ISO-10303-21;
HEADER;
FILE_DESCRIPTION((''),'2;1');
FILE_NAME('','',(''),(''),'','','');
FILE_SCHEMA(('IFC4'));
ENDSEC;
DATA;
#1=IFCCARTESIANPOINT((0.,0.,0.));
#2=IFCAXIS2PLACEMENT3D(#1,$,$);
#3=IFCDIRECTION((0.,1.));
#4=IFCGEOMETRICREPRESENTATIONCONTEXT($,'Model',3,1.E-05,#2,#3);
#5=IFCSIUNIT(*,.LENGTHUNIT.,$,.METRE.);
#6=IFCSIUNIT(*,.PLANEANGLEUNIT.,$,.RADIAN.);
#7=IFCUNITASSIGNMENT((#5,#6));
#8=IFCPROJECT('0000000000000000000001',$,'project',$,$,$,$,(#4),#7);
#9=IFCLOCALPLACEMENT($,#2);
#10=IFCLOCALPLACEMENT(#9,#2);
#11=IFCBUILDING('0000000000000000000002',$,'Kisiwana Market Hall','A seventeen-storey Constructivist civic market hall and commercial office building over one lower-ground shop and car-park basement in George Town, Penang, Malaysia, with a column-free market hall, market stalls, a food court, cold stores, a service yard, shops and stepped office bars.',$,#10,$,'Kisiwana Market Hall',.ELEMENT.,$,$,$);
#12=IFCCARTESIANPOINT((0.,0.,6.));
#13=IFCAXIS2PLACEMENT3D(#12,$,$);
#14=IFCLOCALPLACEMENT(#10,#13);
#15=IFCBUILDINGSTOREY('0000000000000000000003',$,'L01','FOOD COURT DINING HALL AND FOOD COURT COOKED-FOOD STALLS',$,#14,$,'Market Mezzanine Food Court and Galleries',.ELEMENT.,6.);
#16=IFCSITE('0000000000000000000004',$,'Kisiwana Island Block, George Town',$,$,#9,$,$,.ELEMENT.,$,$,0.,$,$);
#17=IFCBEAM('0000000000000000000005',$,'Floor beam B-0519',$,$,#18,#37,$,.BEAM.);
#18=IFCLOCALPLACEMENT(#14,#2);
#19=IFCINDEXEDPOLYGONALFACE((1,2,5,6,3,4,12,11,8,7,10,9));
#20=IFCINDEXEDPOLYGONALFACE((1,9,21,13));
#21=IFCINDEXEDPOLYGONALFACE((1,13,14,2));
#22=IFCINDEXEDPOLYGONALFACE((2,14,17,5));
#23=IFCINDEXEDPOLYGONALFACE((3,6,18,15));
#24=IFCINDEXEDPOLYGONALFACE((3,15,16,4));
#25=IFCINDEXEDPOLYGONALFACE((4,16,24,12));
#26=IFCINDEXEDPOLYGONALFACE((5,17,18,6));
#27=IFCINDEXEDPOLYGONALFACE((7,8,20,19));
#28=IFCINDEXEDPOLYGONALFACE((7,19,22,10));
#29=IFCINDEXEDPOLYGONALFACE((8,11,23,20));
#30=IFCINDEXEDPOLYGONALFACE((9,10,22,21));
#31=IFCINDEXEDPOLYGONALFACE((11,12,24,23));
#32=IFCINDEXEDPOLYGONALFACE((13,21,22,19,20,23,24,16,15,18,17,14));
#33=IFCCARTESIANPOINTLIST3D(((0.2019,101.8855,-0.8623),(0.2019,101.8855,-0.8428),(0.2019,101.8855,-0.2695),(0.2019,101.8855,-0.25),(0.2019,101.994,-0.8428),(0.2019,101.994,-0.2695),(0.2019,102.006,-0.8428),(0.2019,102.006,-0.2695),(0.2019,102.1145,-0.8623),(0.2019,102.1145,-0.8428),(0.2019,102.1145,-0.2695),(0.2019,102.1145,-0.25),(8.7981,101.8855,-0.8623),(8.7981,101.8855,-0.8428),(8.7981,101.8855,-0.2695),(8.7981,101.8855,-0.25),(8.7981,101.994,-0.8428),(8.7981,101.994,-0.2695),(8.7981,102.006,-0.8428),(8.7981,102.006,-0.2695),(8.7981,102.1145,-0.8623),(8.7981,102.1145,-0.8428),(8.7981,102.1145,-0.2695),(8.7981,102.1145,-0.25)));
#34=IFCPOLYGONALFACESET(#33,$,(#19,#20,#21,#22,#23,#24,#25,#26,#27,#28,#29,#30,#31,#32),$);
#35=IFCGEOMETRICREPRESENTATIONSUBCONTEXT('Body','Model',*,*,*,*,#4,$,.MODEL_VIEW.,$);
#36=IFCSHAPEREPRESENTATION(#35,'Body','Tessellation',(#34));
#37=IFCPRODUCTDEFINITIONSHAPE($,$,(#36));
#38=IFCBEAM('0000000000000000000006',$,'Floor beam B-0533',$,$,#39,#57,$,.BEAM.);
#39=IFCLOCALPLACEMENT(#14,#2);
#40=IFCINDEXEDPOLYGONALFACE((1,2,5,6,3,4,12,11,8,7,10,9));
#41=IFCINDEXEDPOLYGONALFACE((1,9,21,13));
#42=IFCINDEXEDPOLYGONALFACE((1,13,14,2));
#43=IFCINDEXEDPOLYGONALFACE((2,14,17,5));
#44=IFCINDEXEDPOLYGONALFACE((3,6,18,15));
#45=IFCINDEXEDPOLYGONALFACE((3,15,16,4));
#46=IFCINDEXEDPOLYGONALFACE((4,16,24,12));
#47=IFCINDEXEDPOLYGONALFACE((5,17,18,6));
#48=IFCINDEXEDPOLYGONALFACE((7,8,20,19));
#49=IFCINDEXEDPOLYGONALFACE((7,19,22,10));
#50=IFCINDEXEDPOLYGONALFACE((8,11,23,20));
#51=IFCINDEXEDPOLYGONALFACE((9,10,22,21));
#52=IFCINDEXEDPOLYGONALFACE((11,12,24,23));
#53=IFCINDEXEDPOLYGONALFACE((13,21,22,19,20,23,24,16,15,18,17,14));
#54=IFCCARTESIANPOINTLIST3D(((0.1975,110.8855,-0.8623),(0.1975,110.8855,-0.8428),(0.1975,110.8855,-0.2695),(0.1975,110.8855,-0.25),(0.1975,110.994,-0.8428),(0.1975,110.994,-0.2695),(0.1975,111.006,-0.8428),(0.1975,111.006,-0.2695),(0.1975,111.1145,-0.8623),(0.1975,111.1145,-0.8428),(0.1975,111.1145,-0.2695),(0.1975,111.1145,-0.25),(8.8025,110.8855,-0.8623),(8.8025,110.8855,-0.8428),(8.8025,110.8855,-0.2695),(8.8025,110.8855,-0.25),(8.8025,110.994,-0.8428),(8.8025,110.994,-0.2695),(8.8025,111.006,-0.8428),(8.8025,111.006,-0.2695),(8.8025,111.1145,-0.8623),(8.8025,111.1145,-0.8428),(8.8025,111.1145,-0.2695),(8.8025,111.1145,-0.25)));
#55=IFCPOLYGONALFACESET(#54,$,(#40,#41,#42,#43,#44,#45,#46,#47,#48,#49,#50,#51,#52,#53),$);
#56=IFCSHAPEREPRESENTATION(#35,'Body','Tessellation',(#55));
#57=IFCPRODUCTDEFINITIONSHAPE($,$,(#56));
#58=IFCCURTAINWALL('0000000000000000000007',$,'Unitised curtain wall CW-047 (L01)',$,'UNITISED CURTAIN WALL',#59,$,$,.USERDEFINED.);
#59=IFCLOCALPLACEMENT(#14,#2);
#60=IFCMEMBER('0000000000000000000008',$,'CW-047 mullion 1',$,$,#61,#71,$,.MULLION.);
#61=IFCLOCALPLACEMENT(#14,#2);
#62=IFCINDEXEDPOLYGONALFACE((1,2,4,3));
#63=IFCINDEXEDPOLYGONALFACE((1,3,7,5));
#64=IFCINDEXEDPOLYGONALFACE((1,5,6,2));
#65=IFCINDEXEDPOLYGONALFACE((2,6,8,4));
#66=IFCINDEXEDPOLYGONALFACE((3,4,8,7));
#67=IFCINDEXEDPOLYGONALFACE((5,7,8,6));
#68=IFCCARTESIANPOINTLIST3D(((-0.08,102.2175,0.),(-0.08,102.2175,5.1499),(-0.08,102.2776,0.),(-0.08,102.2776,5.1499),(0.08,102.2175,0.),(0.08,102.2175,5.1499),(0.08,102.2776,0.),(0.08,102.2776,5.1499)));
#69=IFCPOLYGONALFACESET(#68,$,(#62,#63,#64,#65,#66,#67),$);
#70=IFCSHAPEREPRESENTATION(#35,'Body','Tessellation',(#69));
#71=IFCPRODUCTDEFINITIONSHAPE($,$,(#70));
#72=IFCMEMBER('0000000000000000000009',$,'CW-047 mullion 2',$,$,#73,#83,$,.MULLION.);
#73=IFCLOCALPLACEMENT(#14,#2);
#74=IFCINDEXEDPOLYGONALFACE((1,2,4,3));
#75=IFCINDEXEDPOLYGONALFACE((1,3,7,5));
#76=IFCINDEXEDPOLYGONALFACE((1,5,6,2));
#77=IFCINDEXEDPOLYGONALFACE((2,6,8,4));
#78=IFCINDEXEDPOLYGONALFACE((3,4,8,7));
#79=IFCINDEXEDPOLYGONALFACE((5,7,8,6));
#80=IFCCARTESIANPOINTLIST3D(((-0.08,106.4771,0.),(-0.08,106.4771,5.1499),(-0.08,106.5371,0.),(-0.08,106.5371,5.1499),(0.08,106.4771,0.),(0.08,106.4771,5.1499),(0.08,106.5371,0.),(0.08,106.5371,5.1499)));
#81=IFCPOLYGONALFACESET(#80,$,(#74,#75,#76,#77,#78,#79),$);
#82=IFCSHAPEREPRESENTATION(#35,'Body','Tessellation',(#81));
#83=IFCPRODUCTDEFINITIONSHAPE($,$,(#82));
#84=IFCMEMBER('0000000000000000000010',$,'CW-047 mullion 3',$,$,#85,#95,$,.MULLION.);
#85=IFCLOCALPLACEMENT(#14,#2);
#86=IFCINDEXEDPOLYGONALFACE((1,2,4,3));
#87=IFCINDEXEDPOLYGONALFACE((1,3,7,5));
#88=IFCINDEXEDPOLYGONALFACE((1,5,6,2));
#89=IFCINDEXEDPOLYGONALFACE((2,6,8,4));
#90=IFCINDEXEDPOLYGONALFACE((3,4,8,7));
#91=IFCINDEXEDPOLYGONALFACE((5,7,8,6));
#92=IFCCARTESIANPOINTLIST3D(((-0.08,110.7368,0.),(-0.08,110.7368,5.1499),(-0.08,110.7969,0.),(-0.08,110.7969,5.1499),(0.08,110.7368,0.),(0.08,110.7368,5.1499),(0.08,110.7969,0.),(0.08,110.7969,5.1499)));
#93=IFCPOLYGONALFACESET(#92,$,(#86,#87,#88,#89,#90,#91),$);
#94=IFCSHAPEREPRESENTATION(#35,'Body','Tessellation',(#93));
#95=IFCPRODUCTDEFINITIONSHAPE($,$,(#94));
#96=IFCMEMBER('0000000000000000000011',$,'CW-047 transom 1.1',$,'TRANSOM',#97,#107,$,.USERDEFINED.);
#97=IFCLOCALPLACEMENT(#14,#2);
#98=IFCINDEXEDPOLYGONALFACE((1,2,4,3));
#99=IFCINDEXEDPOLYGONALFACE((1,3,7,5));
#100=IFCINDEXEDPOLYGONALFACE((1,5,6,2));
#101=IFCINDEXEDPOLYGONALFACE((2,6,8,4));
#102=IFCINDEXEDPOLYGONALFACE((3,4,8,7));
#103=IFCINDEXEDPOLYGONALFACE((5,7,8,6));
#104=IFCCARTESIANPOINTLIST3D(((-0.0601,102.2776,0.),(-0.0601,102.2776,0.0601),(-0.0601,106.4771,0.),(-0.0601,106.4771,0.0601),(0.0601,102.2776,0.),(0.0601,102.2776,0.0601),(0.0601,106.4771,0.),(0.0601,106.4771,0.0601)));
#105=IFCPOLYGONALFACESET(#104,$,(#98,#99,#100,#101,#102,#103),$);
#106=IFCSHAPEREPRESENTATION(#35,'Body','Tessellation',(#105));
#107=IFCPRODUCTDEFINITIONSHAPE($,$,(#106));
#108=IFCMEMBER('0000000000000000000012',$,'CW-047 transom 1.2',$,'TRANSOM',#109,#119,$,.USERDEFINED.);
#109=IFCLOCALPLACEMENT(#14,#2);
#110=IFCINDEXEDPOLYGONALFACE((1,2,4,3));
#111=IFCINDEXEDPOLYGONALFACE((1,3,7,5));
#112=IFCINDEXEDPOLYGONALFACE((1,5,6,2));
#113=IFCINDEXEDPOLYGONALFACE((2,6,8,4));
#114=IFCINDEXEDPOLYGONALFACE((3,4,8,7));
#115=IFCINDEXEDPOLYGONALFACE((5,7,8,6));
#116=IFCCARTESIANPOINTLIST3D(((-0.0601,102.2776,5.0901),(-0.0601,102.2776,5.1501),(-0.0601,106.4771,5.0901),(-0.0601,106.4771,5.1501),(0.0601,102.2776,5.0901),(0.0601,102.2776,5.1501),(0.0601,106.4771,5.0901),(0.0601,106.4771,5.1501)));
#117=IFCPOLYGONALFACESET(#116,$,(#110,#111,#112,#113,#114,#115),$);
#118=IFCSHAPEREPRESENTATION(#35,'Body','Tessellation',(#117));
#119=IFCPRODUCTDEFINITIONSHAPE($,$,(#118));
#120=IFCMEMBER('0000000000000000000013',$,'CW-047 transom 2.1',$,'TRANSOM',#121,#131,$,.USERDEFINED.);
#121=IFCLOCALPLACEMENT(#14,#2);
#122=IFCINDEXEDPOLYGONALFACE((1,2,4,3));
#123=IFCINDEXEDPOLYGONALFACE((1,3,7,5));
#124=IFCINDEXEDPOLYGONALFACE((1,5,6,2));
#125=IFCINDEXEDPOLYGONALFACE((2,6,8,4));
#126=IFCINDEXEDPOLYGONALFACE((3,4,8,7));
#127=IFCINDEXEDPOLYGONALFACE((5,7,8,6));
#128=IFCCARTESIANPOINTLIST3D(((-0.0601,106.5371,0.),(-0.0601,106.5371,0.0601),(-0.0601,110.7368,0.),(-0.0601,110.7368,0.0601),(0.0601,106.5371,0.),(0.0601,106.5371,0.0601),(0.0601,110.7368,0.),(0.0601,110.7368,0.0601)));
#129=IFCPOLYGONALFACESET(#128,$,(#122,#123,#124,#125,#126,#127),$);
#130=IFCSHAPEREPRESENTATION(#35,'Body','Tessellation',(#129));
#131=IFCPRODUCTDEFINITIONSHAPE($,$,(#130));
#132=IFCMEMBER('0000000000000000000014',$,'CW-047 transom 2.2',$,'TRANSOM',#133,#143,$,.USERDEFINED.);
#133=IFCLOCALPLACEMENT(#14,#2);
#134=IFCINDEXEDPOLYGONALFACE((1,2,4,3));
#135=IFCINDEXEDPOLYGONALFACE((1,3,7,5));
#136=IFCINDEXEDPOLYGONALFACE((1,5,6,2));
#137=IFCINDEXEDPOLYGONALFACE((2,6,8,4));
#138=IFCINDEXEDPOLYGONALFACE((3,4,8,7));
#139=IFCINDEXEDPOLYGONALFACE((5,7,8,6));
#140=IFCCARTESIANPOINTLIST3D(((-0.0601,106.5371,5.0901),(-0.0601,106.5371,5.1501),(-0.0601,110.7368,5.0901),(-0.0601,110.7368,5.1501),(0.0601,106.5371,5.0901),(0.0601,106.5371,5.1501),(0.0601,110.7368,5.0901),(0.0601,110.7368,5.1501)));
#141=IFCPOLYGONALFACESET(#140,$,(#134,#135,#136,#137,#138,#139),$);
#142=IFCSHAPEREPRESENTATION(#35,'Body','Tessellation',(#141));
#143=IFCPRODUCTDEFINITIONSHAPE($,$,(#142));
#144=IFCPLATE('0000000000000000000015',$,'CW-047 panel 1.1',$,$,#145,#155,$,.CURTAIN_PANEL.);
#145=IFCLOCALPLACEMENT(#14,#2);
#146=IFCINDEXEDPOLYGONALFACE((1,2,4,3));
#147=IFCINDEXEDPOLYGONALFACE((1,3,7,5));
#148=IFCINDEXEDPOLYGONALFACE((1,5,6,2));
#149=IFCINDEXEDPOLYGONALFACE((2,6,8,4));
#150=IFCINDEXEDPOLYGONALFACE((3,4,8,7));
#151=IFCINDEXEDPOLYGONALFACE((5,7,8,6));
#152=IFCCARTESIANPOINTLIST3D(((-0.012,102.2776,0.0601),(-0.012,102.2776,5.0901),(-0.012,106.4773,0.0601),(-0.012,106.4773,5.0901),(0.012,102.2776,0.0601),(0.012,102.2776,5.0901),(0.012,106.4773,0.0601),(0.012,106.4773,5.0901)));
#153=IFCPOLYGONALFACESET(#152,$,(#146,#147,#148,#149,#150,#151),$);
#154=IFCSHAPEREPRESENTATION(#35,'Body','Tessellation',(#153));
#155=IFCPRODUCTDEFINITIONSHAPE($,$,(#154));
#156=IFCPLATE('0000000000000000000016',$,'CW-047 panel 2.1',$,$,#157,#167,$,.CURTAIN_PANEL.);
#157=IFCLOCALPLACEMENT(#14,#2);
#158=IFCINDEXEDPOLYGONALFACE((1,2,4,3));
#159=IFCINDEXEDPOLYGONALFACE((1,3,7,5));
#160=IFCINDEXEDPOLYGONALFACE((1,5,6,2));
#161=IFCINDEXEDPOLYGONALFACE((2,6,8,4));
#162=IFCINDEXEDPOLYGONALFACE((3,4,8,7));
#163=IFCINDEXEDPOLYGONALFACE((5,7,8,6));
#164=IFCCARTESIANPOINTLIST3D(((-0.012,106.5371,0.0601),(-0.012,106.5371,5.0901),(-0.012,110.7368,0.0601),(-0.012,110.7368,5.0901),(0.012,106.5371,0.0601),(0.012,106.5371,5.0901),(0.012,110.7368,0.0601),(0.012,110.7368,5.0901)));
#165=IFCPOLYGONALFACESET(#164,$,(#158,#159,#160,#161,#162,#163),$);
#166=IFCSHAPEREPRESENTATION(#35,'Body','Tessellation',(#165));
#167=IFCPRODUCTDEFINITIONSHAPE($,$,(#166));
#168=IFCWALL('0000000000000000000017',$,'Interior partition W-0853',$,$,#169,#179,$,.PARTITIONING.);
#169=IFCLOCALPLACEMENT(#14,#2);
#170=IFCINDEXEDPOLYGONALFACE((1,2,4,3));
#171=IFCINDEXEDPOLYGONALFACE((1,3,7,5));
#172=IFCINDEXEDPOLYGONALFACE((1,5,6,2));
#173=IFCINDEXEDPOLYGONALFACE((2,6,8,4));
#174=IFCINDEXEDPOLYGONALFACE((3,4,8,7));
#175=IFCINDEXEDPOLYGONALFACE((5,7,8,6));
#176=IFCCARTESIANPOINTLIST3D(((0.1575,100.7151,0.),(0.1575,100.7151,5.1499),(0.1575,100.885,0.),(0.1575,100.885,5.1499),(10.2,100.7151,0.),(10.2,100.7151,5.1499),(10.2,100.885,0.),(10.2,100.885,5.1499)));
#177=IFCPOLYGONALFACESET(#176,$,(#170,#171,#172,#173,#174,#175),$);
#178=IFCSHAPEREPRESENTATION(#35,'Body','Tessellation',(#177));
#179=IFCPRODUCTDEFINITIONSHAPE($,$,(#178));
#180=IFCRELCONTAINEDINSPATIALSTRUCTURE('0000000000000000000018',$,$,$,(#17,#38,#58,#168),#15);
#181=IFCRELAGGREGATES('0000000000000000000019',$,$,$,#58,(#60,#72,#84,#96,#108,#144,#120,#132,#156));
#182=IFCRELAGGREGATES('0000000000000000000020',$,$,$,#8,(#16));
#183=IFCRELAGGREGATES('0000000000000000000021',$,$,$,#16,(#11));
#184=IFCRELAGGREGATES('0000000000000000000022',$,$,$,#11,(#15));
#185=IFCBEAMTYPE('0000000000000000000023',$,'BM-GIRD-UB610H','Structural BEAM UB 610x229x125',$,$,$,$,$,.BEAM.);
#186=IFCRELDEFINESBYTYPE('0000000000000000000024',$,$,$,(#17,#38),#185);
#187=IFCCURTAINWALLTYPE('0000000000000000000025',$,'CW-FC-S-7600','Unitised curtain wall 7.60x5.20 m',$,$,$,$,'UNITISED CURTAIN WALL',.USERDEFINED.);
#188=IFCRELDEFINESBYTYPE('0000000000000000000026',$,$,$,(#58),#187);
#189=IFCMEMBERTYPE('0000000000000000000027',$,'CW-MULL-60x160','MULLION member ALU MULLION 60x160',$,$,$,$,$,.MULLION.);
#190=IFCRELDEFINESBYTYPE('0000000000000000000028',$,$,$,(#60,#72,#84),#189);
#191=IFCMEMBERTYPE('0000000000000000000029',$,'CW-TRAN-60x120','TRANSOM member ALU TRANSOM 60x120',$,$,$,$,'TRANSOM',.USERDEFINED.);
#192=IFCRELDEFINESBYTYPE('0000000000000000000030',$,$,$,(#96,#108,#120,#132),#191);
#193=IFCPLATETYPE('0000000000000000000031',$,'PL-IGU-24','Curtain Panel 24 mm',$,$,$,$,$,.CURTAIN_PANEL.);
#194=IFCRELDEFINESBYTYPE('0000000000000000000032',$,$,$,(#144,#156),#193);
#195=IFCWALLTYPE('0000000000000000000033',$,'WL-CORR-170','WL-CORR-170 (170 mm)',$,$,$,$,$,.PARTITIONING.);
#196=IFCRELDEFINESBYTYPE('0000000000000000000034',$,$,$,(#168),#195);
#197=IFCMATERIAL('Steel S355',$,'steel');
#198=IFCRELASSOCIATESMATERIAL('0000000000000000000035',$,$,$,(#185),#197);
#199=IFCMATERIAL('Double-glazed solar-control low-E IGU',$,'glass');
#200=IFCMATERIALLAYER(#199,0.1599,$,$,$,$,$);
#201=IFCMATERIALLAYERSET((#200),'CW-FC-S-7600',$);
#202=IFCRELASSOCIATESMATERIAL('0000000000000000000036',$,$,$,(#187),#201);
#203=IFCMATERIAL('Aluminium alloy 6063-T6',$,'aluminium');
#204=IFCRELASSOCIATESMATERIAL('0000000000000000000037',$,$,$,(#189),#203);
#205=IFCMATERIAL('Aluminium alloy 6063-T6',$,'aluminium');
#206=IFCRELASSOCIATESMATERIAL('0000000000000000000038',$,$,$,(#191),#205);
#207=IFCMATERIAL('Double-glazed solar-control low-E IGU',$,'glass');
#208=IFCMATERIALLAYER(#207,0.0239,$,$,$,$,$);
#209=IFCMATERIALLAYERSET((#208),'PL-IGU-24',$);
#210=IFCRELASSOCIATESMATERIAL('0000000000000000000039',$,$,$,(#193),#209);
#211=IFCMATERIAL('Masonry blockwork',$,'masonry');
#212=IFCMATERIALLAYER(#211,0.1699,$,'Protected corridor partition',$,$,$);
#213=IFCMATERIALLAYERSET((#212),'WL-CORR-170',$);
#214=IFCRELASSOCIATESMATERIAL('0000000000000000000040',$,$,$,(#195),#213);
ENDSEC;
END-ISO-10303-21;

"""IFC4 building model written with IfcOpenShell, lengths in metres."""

from ifc_helpers import new_model, si_unit, direction, frame, frame_2d, origin, origin_2d, place, context, subcontext, project, spatial, rectangle, i_section, extrude, material, layer, layer_set, material_profile, profile_set, type_object, element, aggregate, save


model = new_model("IFC4")

# Units and contexts
model_context = context("Model", 3, precision=1e-05, world=origin(), true_north=direction((0.0, 1.0)))
body_context = subcontext(model_context, "Body", "Model", "MODEL_VIEW")
ifc_project = project(units=[si_unit("LENGTHUNIT", "METRE"), si_unit("PLANEANGLEUNIT", "RADIAN")], contexts=[model_context])

# Site, building, storey
site_placement = place(None, origin())
site = spatial("IfcSite", under=ifc_project, at=site_placement, Name="Kisiwana Island Block, George Town", CompositionType="ELEMENT", RefElevation=0.0)
building_placement = place(site_placement, origin())
building = spatial("IfcBuilding", under=site, at=building_placement, Name="Kisiwana Market Hall", Description="A seventeen-storey Constructivist civic market hall and commercial office building over one lower-ground shop and car-park basement in George Town, Penang, Malaysia, with a column-free market hall, market stalls, a food court, cold stores, a service yard, shops and stepped office bars.", LongName="Kisiwana Market Hall", CompositionType="ELEMENT")
storey_placement = place(building_placement, frame((0.0, 0.0, 6.0)))
storey = spatial("IfcBuildingStorey", under=building, at=storey_placement, Name="L01", Description="FOOD COURT DINING HALL AND FOOD COURT COOKED-FOOD STALLS", LongName="Market Mezzanine Food Court and Galleries", CompositionType="ELEMENT", Elevation=6.0)

# Beams
ifc_material_1 = material(Name="Steel S355", Category="steel")
ifc_material_profile_1 = material_profile(ifc_material_1, i_section(OverallWidth=0.229, OverallDepth=0.6123, WebThickness=0.012, FlangeThickness=0.0195, at=origin_2d()), Name="UB 610x229x125")
ifc_profile_set_1 = profile_set([ifc_material_profile_1], Name="Steel S355")
beam_type_1 = type_object("IfcBeamType", Name="BM-GIRD-UB610H", Description="Structural BEAM UB 610x229x125", PredefinedType="BEAM", material=ifc_profile_set_1)
beam_1_placement = place(storey_placement, frame((0.2019, 102.0, -0.5562), z_axis=(1.0, 0.0, 0.0), x_axis=(0.0, 1.0, 0.0)))
element("IfcBeam", 1, at=beam_1_placement, inside=storey, type_object=beam_type_1, Name="Floor beam B-0519", PredefinedType="BEAM", context=body_context, shape_type="SweptSolid", body=[
    extrude(i_section(OverallWidth=0.229, OverallDepth=0.6123, WebThickness=0.012, FlangeThickness=0.0195, at=origin_2d()), origin(), (0.0, 0.0, 1.0), 8.5962),
])
beam_2_placement = place(storey_placement, frame((0.1975, 111.0, -0.5562), z_axis=(1.0, 0.0, 0.0), x_axis=(0.0, 1.0, 0.0)))
element("IfcBeam", 2, at=beam_2_placement, inside=storey, type_object=beam_type_1, Name="Floor beam B-0533", PredefinedType="BEAM", context=body_context, shape_type="SweptSolid", body=[
    extrude(i_section(OverallWidth=0.229, OverallDepth=0.6123, WebThickness=0.012, FlangeThickness=0.0195, at=origin_2d()), origin(), (0.0, 0.0, 1.0), 8.605),
])

# Curtain wall, members, plates
ifc_material_2 = material(Name="Double-glazed solar-control low-E IGU", Category="glass")
ifc_layer_1 = layer(ifc_material_2, 0.1599)
ifc_layer_set_1 = layer_set([ifc_layer_1], Name="CW-FC-S-7600")
curtain_wall_type = type_object("IfcCurtainWallType", Name="CW-FC-S-7600", Description="Unitised curtain wall 7.60x5.20 m", ElementType="UNITISED CURTAIN WALL", PredefinedType="USERDEFINED", material=ifc_layer_set_1)
curtain_wall_placement = place(storey_placement, origin())
curtain_wall = element("IfcCurtainWall", 3, at=curtain_wall_placement, inside=storey, type_object=curtain_wall_type, Name="Unitised curtain wall CW-047 (L01)", ObjectType="UNITISED CURTAIN WALL", PredefinedType="USERDEFINED")
ifc_material_3 = material(Name="Aluminium alloy 6063-T6", Category="aluminium")
ifc_material_profile_2 = material_profile(ifc_material_3, rectangle(XDim=0.0601, YDim=0.1599, at=origin_2d()), Name="ALU MULLION 60x160")
ifc_profile_set_2 = profile_set([ifc_material_profile_2], Name="Aluminium alloy 6063-T6")
member_type_1 = type_object("IfcMemberType", Name="CW-MULL-60x160", Description="MULLION member ALU MULLION 60x160", PredefinedType="MULLION", material=ifc_profile_set_2)
member_1_placement = place(storey_placement, frame((0.0, 102.2476, 0.0), z_axis=(0.0, 0.0, 1.0), x_axis=(0.0, 1.0, 0.0)))
member_1 = element("IfcMember", 4, at=member_1_placement, type_object=member_type_1, Name="CW-047 mullion 1", PredefinedType="MULLION", context=body_context, shape_type="SweptSolid", body=[
    extrude(rectangle(XDim=0.0601, YDim=0.1599, at=origin_2d()), origin(), (0.0, 0.0, 1.0), 5.1499),
])
member_2_placement = place(storey_placement, frame((0.0, 106.5071, 0.0), z_axis=(0.0, 0.0, 1.0), x_axis=(0.0, 1.0, 0.0)))
member_2 = element("IfcMember", 5, at=member_2_placement, type_object=member_type_1, Name="CW-047 mullion 2", PredefinedType="MULLION", context=body_context, shape_type="SweptSolid", body=[
    extrude(rectangle(XDim=0.0601, YDim=0.1599, at=origin_2d()), origin(), (0.0, 0.0, 1.0), 5.1499),
])
member_3_placement = place(storey_placement, frame((0.0, 110.7668, 0.0), z_axis=(0.0, 0.0, 1.0), x_axis=(0.0, 1.0, 0.0)))
member_3 = element("IfcMember", 6, at=member_3_placement, type_object=member_type_1, Name="CW-047 mullion 3", PredefinedType="MULLION", context=body_context, shape_type="SweptSolid", body=[
    extrude(rectangle(XDim=0.0601, YDim=0.1599, at=origin_2d()), origin(), (0.0, 0.0, 1.0), 5.1499),
])
ifc_material_4 = material(Name="Aluminium alloy 6063-T6", Category="aluminium")
ifc_material_profile_3 = material_profile(ifc_material_4, rectangle(XDim=0.1201, YDim=0.0601, at=origin_2d()), Name="ALU TRANSOM 60x120")
ifc_profile_set_3 = profile_set([ifc_material_profile_3], Name="Aluminium alloy 6063-T6")
member_type_2 = type_object("IfcMemberType", Name="CW-TRAN-60x120", Description="TRANSOM member ALU TRANSOM 60x120", ElementType="TRANSOM", PredefinedType="USERDEFINED", material=ifc_profile_set_3)
member_4_placement = place(storey_placement, frame((0.0, 102.2776, 0.03), z_axis=(0.0, 1.0, 0.0), x_axis=(-1.0, 0.0, 0.0)))
member_4 = element("IfcMember", 7, at=member_4_placement, type_object=member_type_2, Name="CW-047 transom 1.1", ObjectType="TRANSOM", PredefinedType="USERDEFINED", context=body_context, shape_type="SweptSolid", body=[
    extrude(rectangle(XDim=0.1201, YDim=0.0601, at=origin_2d()), origin(), (0.0, 0.0, 1.0), 4.1995),
])
member_5_placement = place(storey_placement, frame((0.0, 102.2776, 5.1201), z_axis=(0.0, 1.0, 0.0), x_axis=(-1.0, 0.0, 0.0)))
member_5 = element("IfcMember", 8, at=member_5_placement, type_object=member_type_2, Name="CW-047 transom 1.2", ObjectType="TRANSOM", PredefinedType="USERDEFINED", context=body_context, shape_type="SweptSolid", body=[
    extrude(rectangle(XDim=0.1201, YDim=0.0601, at=origin_2d()), origin(), (0.0, 0.0, 1.0), 4.1995),
])
member_6_placement = place(storey_placement, frame((0.0, 106.5371, 0.03), z_axis=(0.0, 1.0, 0.0), x_axis=(-1.0, 0.0, 0.0)))
member_6 = element("IfcMember", 9, at=member_6_placement, type_object=member_type_2, Name="CW-047 transom 2.1", ObjectType="TRANSOM", PredefinedType="USERDEFINED", context=body_context, shape_type="SweptSolid", body=[
    extrude(rectangle(XDim=0.1201, YDim=0.0601, at=origin_2d()), origin(), (0.0, 0.0, 1.0), 4.1997),
])
member_7_placement = place(storey_placement, frame((0.0, 106.5371, 5.1201), z_axis=(0.0, 1.0, 0.0), x_axis=(-1.0, 0.0, 0.0)))
member_7 = element("IfcMember", 10, at=member_7_placement, type_object=member_type_2, Name="CW-047 transom 2.2", ObjectType="TRANSOM", PredefinedType="USERDEFINED", context=body_context, shape_type="SweptSolid", body=[
    extrude(rectangle(XDim=0.1201, YDim=0.0601, at=origin_2d()), origin(), (0.0, 0.0, 1.0), 4.1997),
])
ifc_material_5 = material(Name="Double-glazed solar-control low-E IGU", Category="glass")
ifc_layer_2 = layer(ifc_material_5, 0.0239)
ifc_layer_set_2 = layer_set([ifc_layer_2], Name="PL-IGU-24")
plate_type = type_object("IfcPlateType", Name="PL-IGU-24", Description="Curtain Panel 24 mm", PredefinedType="CURTAIN_PANEL", material=ifc_layer_set_2)
plate_1_placement = place(storey_placement, frame((0.0, 104.3774, 0.0601), z_axis=(0.0, 0.0, 1.0), x_axis=(0.0, 1.0, 0.0)))
plate_1 = element("IfcPlate", 11, at=plate_1_placement, type_object=plate_type, Name="CW-047 panel 1.1", PredefinedType="CURTAIN_PANEL", context=body_context, shape_type="SweptSolid", body=[
    extrude(rectangle(XDim=4.1997, YDim=0.0239, at=origin_2d()), origin(), (0.0, 0.0, 1.0), 5.03),
])
plate_2_placement = place(storey_placement, frame((0.0, 108.637, 0.0601), z_axis=(0.0, 0.0, 1.0), x_axis=(0.0, 1.0, 0.0)))
plate_2 = element("IfcPlate", 12, at=plate_2_placement, type_object=plate_type, Name="CW-047 panel 2.1", PredefinedType="CURTAIN_PANEL", context=body_context, shape_type="SweptSolid", body=[
    extrude(rectangle(XDim=4.1997, YDim=0.0239, at=origin_2d()), origin(), (0.0, 0.0, 1.0), 5.03),
])
aggregate(curtain_wall, [member_1, member_2, member_3, member_4, member_5, plate_1, member_6, member_7, plate_2])

# Wall
ifc_material_6 = material(Name="Masonry blockwork", Category="masonry")
ifc_layer_3 = layer(ifc_material_6, 0.1699, Name="Protected corridor partition")
ifc_layer_set_3 = layer_set([ifc_layer_3], Name="WL-CORR-170")
wall_type = type_object("IfcWallType", Name="WL-CORR-170", Description="WL-CORR-170 (170 mm)", PredefinedType="PARTITIONING", material=ifc_layer_set_3)
wall_placement = place(storey_placement, frame((0.1575, 100.8, 0.0), z_axis=(0.0, 0.0, 1.0), x_axis=(1.0, 0.0, 0.0)))
element("IfcWall", 13, at=wall_placement, inside=storey, type_object=wall_type, Name="Interior partition W-0853", PredefinedType="PARTITIONING", context=body_context, shape_type="SweptSolid", body=[
    extrude(rectangle(XDim=10.0425, YDim=0.1699, at=frame_2d((5.0212, 0.0))), origin(), (0.0, 0.0, 1.0), 5.1499),
])

save(model, "model.ifc")
